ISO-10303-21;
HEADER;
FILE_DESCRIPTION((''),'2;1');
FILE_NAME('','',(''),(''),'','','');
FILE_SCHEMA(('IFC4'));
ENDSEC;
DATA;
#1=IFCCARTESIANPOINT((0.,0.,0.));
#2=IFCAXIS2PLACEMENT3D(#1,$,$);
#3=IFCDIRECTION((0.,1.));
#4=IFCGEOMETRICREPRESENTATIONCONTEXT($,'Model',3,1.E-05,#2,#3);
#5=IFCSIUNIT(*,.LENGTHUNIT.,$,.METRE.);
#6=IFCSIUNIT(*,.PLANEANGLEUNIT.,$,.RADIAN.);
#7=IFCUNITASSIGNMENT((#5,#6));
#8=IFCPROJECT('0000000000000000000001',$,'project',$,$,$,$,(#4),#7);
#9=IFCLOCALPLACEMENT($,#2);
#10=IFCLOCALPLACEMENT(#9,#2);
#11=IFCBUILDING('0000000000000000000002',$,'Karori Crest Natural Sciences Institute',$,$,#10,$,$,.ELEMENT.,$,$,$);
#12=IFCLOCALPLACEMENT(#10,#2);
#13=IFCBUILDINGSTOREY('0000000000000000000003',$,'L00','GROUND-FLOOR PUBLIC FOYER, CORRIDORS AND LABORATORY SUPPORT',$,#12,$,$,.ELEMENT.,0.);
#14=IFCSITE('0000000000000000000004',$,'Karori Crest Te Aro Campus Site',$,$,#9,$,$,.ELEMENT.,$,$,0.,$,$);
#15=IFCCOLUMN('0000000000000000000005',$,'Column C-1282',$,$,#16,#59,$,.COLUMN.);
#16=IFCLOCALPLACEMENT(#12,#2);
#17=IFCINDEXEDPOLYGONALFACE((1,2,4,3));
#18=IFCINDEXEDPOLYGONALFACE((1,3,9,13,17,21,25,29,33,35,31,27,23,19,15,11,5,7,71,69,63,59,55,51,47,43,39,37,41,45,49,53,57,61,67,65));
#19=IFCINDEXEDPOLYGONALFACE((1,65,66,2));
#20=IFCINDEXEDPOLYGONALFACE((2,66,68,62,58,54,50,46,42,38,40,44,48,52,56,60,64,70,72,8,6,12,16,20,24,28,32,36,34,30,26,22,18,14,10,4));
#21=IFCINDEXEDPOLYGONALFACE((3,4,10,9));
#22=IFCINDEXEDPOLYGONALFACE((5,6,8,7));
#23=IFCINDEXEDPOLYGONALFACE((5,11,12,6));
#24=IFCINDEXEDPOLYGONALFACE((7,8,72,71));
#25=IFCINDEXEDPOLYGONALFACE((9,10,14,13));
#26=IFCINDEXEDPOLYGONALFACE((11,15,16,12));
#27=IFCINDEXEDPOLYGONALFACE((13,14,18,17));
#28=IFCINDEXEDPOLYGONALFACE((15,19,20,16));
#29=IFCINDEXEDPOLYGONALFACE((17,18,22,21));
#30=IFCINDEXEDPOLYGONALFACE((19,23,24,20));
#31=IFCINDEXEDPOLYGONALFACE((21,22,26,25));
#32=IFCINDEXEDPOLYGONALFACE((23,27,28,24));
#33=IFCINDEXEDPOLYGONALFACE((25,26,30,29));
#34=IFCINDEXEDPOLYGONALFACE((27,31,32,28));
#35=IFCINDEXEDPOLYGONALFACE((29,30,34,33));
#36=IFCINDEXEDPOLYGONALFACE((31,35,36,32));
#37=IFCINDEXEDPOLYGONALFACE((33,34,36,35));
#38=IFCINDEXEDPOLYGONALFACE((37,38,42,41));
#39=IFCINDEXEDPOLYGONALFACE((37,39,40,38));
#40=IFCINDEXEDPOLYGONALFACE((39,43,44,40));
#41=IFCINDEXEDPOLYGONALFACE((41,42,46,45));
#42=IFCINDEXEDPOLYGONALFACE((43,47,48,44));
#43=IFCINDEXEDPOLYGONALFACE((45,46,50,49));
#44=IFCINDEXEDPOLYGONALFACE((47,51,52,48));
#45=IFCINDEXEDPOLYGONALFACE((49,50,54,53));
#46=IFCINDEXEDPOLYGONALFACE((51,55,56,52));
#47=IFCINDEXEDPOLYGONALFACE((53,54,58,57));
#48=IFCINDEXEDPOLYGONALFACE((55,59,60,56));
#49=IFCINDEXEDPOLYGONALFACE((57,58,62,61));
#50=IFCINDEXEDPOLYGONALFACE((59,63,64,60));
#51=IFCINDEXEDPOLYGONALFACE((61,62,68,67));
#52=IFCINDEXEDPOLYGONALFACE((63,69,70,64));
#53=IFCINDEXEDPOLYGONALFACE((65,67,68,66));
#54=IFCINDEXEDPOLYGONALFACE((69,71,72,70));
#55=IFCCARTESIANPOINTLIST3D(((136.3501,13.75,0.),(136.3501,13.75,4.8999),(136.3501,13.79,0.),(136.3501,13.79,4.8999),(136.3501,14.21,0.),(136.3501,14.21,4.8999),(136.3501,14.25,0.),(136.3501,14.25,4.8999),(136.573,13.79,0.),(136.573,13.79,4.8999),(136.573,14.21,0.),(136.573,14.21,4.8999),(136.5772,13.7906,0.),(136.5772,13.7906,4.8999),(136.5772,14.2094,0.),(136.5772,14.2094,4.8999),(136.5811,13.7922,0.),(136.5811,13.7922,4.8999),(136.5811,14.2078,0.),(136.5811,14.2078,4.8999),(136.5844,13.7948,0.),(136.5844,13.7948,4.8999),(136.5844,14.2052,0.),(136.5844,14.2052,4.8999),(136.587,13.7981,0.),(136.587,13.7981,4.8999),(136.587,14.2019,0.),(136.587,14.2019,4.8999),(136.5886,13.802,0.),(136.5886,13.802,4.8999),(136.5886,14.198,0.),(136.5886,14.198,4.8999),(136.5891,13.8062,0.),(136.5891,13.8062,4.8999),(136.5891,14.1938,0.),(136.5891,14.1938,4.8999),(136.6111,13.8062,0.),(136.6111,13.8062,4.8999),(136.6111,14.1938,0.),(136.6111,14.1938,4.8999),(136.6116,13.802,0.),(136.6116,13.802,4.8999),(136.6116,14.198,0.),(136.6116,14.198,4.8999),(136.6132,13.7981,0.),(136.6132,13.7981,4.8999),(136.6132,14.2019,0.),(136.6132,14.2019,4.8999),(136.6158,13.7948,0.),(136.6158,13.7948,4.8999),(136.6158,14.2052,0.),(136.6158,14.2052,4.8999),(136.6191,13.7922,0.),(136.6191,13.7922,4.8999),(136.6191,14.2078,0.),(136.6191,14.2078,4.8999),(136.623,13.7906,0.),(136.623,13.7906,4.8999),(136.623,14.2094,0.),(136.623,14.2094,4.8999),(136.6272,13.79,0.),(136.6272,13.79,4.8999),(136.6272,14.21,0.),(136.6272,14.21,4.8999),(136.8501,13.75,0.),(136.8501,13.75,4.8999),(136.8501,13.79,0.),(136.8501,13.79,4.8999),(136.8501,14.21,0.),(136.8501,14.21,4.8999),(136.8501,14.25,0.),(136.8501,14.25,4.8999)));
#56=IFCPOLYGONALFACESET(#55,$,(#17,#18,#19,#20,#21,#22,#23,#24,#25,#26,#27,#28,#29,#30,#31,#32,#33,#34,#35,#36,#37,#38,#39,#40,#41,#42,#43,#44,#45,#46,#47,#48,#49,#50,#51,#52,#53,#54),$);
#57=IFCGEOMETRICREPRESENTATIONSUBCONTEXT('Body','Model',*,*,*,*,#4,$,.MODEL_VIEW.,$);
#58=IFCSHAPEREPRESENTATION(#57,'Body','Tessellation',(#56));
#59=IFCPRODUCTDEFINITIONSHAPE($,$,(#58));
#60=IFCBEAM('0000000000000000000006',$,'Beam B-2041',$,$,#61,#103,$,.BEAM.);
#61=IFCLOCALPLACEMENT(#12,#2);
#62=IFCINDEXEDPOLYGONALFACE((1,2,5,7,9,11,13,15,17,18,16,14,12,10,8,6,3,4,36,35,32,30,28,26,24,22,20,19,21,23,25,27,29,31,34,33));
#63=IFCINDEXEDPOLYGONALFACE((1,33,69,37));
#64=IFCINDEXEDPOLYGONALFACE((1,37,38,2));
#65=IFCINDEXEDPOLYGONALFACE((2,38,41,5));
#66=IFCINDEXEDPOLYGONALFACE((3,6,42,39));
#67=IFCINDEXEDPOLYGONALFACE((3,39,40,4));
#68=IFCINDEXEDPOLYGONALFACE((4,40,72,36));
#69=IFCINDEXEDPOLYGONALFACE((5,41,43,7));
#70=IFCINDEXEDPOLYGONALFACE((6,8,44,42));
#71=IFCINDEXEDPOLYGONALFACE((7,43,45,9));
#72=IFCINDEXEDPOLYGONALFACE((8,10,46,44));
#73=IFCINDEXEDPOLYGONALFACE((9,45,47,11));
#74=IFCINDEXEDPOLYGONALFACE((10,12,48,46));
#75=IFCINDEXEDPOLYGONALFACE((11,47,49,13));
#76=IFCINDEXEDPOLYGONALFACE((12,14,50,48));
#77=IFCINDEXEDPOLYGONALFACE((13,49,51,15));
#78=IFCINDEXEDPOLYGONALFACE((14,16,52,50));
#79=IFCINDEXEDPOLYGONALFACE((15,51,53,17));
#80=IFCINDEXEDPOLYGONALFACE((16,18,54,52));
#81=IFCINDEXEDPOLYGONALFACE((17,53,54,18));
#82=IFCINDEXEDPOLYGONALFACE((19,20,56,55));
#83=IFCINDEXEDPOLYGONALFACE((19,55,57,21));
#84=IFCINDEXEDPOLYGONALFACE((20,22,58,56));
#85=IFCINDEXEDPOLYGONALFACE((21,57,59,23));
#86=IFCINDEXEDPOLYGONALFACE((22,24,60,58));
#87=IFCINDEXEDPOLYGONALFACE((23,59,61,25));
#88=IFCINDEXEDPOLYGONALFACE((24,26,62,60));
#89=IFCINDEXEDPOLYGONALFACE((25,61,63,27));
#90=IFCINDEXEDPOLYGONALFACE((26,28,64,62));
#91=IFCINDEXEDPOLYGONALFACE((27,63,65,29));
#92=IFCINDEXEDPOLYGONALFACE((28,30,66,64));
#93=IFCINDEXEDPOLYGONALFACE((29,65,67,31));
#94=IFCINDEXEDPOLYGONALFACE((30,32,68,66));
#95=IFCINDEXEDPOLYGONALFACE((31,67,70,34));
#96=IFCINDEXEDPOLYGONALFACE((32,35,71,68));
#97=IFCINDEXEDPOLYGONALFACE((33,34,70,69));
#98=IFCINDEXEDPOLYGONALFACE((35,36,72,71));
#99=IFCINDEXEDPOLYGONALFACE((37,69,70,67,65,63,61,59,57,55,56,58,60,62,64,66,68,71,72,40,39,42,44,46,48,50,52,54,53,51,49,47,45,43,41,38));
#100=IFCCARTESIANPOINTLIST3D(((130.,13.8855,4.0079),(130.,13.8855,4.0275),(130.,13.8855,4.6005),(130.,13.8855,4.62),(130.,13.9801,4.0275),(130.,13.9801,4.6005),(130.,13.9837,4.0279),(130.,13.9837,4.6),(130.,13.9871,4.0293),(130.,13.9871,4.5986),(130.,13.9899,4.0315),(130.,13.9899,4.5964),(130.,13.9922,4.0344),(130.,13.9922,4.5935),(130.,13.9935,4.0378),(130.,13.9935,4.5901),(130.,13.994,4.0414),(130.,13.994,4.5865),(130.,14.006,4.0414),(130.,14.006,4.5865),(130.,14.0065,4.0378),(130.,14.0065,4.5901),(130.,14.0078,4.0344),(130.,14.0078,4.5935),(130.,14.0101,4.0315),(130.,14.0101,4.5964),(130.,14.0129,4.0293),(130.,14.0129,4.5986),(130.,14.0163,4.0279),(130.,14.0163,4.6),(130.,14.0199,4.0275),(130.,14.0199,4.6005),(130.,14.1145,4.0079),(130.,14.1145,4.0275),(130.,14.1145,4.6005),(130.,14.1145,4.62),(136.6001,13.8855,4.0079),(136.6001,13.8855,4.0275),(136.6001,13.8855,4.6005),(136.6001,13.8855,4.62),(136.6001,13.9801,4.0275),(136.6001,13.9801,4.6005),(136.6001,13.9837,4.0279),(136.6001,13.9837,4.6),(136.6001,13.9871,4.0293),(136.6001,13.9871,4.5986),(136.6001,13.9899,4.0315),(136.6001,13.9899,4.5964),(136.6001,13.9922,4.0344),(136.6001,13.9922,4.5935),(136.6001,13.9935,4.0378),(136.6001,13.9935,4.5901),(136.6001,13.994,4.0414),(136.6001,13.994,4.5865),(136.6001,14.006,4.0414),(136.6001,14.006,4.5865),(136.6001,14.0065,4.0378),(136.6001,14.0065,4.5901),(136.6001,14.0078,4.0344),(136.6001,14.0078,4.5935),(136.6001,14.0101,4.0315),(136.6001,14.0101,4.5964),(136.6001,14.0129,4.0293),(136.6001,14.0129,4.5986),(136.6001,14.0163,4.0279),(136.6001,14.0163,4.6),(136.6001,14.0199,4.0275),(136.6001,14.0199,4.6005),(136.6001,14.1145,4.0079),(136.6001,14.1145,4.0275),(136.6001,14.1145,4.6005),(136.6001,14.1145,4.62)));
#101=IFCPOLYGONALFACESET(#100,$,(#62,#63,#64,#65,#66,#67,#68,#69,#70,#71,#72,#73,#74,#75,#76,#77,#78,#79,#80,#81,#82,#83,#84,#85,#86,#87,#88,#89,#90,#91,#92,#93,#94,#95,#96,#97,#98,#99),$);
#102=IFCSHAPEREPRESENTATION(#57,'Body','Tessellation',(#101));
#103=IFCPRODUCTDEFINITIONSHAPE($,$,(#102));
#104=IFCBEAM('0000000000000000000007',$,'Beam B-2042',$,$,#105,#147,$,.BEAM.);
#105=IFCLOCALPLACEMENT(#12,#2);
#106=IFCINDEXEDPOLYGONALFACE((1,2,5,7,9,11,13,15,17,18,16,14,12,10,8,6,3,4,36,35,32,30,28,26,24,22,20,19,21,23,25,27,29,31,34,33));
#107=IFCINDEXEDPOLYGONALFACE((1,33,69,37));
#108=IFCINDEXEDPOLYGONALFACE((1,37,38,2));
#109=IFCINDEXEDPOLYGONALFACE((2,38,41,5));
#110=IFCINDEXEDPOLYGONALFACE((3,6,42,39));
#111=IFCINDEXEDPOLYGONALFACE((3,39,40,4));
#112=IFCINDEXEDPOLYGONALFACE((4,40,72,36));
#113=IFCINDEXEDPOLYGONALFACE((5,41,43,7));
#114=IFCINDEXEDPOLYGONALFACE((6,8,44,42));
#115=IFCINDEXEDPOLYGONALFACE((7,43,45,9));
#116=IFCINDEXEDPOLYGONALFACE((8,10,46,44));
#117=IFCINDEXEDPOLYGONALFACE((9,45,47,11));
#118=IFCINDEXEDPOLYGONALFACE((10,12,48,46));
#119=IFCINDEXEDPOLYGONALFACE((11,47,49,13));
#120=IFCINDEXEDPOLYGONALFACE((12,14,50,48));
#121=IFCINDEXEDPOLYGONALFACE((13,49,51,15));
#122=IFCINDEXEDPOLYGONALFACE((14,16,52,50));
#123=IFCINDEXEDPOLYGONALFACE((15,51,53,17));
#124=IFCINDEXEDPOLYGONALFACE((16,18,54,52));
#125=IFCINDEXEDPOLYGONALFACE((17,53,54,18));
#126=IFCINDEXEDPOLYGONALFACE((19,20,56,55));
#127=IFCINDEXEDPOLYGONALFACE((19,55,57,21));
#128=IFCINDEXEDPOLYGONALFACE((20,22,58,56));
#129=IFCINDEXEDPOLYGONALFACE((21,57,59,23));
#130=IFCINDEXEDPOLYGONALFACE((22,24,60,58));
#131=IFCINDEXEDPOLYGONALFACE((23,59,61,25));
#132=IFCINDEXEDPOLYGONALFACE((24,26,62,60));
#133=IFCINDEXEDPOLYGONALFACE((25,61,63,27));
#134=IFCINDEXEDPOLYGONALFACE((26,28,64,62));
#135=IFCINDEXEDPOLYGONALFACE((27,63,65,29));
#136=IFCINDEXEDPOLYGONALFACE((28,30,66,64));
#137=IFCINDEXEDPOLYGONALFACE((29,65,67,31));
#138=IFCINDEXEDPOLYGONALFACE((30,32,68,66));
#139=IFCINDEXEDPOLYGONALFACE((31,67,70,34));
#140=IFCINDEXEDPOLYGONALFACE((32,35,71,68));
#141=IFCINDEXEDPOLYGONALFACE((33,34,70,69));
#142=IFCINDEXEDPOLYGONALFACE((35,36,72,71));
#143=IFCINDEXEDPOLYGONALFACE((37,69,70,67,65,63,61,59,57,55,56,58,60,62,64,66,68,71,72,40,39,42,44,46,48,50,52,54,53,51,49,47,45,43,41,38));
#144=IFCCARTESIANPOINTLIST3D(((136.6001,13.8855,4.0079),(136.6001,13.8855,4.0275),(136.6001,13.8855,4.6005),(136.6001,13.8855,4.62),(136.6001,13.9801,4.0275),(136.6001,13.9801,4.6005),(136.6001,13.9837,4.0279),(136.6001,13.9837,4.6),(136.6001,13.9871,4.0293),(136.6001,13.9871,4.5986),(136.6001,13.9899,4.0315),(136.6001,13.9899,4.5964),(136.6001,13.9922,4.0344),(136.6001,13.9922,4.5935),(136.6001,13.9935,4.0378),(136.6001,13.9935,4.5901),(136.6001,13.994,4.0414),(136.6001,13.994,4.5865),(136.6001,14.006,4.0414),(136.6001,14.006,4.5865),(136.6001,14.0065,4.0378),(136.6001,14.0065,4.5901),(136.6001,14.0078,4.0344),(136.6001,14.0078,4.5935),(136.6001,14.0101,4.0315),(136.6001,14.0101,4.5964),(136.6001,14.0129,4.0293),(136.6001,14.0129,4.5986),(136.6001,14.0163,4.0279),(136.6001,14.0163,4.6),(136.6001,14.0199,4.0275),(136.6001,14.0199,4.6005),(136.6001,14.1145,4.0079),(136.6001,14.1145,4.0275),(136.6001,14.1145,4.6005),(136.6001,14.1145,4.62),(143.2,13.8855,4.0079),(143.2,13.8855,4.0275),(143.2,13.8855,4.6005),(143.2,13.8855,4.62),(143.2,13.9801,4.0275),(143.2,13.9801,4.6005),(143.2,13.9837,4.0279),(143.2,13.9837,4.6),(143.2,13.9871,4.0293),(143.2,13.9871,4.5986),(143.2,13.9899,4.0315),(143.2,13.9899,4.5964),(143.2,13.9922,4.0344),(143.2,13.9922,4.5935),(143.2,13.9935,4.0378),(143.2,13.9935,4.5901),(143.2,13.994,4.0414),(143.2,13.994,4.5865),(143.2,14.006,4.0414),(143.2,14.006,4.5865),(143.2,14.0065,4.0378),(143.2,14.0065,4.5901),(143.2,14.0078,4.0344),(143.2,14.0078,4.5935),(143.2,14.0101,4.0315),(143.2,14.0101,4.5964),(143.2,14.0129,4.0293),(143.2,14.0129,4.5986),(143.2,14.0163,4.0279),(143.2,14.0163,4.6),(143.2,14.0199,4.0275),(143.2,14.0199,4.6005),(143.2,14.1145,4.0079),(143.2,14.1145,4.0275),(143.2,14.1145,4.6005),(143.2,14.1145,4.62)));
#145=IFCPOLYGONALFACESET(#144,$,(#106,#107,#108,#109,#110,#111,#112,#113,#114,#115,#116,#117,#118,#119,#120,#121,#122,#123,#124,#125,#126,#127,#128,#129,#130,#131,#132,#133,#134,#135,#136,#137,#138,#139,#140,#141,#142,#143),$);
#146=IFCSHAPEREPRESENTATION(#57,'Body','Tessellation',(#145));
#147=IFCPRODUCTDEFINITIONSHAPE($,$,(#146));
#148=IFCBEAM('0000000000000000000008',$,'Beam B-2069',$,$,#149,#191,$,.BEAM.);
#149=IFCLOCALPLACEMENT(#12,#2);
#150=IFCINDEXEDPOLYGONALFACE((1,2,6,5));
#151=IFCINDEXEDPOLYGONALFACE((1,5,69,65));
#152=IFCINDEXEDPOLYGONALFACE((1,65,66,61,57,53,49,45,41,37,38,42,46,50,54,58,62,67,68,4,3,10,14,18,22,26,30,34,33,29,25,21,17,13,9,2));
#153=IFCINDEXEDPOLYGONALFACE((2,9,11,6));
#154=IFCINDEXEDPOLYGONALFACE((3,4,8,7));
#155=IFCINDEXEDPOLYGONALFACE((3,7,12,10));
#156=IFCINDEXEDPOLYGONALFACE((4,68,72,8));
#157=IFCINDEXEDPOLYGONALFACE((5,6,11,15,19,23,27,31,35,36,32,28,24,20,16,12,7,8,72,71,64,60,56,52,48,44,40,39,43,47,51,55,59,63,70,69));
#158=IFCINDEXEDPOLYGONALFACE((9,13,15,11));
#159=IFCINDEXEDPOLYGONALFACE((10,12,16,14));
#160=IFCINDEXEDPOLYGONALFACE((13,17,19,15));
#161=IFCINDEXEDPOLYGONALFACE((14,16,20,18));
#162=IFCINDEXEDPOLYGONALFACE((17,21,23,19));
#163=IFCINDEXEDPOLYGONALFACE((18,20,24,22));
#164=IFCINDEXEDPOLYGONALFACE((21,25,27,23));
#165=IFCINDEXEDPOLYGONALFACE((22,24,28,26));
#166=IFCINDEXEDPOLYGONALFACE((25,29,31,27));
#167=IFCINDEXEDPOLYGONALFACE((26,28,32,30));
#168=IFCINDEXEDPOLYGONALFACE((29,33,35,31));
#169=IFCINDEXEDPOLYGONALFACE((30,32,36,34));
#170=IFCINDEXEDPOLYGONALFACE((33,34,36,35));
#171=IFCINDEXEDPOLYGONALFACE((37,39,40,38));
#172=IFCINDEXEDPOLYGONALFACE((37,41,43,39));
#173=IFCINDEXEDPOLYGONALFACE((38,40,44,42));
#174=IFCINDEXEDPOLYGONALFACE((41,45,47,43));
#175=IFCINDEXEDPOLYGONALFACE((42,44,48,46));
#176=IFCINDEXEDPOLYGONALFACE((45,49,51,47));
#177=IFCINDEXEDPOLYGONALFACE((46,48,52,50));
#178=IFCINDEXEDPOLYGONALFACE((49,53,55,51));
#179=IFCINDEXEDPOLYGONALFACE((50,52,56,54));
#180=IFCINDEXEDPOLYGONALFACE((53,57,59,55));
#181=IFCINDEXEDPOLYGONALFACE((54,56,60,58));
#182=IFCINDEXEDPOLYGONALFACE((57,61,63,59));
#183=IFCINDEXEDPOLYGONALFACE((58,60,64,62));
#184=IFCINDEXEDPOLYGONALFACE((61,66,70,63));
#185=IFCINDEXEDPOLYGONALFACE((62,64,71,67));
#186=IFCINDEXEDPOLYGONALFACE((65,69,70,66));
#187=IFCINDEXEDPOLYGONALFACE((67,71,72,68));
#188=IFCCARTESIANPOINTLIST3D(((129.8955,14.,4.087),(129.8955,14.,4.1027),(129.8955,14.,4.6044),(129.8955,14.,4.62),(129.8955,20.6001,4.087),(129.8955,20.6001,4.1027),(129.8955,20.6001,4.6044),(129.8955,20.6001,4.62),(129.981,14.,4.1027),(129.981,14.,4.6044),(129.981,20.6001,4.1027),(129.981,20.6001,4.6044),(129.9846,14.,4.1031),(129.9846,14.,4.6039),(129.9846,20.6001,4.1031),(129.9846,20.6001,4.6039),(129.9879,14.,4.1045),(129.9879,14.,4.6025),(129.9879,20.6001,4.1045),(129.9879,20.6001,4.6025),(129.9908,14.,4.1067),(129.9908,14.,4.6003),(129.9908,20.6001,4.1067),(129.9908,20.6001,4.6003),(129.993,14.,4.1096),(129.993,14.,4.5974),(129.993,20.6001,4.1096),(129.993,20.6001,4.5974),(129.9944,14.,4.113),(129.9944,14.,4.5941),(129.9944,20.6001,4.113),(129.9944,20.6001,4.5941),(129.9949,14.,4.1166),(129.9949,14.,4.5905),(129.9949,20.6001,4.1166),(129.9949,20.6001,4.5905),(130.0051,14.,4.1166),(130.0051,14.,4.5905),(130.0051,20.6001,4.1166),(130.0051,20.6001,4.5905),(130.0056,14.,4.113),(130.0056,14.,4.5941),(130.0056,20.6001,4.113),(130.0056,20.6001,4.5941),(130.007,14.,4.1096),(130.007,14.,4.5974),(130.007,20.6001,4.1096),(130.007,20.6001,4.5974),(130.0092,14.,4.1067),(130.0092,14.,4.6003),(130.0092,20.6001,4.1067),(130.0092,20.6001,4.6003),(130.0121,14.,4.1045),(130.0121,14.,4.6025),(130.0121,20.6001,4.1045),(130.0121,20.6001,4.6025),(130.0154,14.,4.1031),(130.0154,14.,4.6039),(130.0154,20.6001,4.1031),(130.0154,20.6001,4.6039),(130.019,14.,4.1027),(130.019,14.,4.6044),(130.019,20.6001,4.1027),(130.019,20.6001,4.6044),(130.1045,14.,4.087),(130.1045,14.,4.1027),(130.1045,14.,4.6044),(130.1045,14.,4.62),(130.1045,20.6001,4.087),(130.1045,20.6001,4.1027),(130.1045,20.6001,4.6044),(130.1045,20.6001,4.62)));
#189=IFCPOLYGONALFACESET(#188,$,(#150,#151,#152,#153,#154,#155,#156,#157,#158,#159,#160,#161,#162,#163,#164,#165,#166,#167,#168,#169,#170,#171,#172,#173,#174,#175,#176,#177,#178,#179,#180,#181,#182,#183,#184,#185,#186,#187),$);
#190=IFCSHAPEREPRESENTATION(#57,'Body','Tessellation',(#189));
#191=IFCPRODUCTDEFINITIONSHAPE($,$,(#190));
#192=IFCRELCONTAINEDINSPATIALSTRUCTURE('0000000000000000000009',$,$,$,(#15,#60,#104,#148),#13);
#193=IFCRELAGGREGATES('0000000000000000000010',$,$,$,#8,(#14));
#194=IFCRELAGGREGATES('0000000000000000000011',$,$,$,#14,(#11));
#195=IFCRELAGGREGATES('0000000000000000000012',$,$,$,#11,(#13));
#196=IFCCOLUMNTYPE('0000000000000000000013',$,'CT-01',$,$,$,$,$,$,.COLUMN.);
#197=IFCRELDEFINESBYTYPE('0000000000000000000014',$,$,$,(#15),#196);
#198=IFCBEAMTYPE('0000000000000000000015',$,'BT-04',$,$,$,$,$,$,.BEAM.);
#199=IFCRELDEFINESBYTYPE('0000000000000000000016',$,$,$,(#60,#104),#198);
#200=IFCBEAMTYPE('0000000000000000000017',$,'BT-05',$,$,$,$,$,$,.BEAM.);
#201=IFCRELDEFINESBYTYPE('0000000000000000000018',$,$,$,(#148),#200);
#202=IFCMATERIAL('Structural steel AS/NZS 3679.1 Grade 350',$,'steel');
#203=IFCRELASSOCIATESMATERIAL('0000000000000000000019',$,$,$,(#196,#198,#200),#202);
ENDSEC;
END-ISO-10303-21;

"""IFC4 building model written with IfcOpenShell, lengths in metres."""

from ifc_helpers import new_model, si_unit, direction, frame, origin, origin_2d, place, context, subcontext, project, spatial, i_section, extrude, material, material_profile, profile_set, type_object, element, save


model = new_model("IFC4")

# Units and contexts
model_context = context("Model", 3, precision=1e-05, world=origin(), true_north=direction((0.0, 1.0)))
body_context = subcontext(model_context, "Body", "Model", "MODEL_VIEW")
ifc_project = project(units=[si_unit("LENGTHUNIT", "METRE"), si_unit("PLANEANGLEUNIT", "RADIAN")], contexts=[model_context])

# Site, building, storey
site_placement = place(None, origin())
site = spatial("IfcSite", under=ifc_project, at=site_placement, Name="Karori Crest Te Aro Campus Site", CompositionType="ELEMENT", RefElevation=0.0)
building_placement = place(site_placement, origin())
building = spatial("IfcBuilding", under=site, at=building_placement, Name="Karori Crest Natural Sciences Institute", CompositionType="ELEMENT")
storey_placement = place(building_placement, origin())
storey = spatial("IfcBuildingStorey", under=building, at=storey_placement, Name="L00", Description="GROUND-FLOOR PUBLIC FOYER, CORRIDORS AND LABORATORY SUPPORT", CompositionType="ELEMENT", Elevation=0.0)

# Column
ifc_material_1 = material(Name="Structural steel AS/NZS 3679.1 Grade 350", Category="steel")
ifc_material_profile_1 = material_profile(ifc_material_1, i_section(OverallWidth=0.5, OverallDepth=0.5, WebThickness=0.022, FlangeThickness=0.04, FilletRadius=0.0161, at=origin_2d()), Name="500WC440")
ifc_profile_set_1 = profile_set([ifc_material_profile_1], Name="Structural steel AS/NZS 3679.1 Grade 350")
column_type = type_object("IfcColumnType", Name="CT-01", PredefinedType="COLUMN", material=ifc_profile_set_1)
column_placement = place(storey_placement, frame((136.6001, 14.0, 0.0), z_axis=(0.0, 0.0, 1.0), x_axis=(1.0, 0.0, 0.0)))
element("IfcColumn", 1, at=column_placement, inside=storey, type_object=column_type, Name="Column C-1282", PredefinedType="COLUMN", context=body_context, shape_type="SweptSolid", body=[
    extrude(i_section(OverallWidth=0.5, OverallDepth=0.5, WebThickness=0.022, FlangeThickness=0.04, FilletRadius=0.0161, at=origin_2d()), origin(), (0.0, 0.0, 1.0), 4.8999),
])

# Beams
ifc_material_profile_2 = material_profile(ifc_material_1, i_section(OverallWidth=0.229, OverallDepth=0.6121, WebThickness=0.012, FlangeThickness=0.0195, FilletRadius=0.0139, at=origin_2d()), Name="610UB125")
ifc_profile_set_2 = profile_set([ifc_material_profile_2], Name="Structural steel AS/NZS 3679.1 Grade 350")
beam_type_1 = type_object("IfcBeamType", Name="BT-04", PredefinedType="BEAM", material=ifc_profile_set_2)
beam_1_placement = place(storey_placement, frame((130.0, 14.0, 4.314), z_axis=(1.0, 0.0, 0.0), x_axis=(0.0, 1.0, 0.0)))
element("IfcBeam", 2, at=beam_1_placement, inside=storey, type_object=beam_type_1, Name="Beam B-2041", PredefinedType="BEAM", context=body_context, shape_type="SweptSolid", body=[
    extrude(i_section(OverallWidth=0.229, OverallDepth=0.6121, WebThickness=0.012, FlangeThickness=0.0195, FilletRadius=0.0139, at=origin_2d()), origin(), (0.0, 0.0, 1.0), 6.6001),
])
beam_2_placement = place(storey_placement, frame((136.6001, 14.0, 4.314), z_axis=(1.0, 0.0, 0.0), x_axis=(0.0, 1.0, 0.0)))
element("IfcBeam", 3, at=beam_2_placement, inside=storey, type_object=beam_type_1, Name="Beam B-2042", PredefinedType="BEAM", context=body_context, shape_type="SweptSolid", body=[
    extrude(i_section(OverallWidth=0.229, OverallDepth=0.6121, WebThickness=0.012, FlangeThickness=0.0195, FilletRadius=0.0139, at=origin_2d()), origin(), (0.0, 0.0, 1.0), 6.5999),
])
ifc_material_profile_3 = material_profile(ifc_material_1, i_section(OverallWidth=0.209, OverallDepth=0.533, WebThickness=0.0103, FlangeThickness=0.0156, FilletRadius=0.0139, at=origin_2d()), Name="530UB92.4")
ifc_profile_set_3 = profile_set([ifc_material_profile_3], Name="Structural steel AS/NZS 3679.1 Grade 350")
beam_type_2 = type_object("IfcBeamType", Name="BT-05", PredefinedType="BEAM", material=ifc_profile_set_3)
for number, where, z_axis, x_axis, name in (
    (4, (130.0, 14.0, 4.3535), (0.0, 1.0, 0.0), (-1.0, 0.0, 0.0), "Beam B-2069"),
):
    element("IfcBeam", number, at=place(storey_placement, frame(where, z_axis=z_axis, x_axis=x_axis)), inside=storey, type_object=beam_type_2, Name=name, PredefinedType="BEAM", context=body_context, shape_type="SweptSolid", body=[
        extrude(i_section(OverallWidth=0.209, OverallDepth=0.533, WebThickness=0.0103, FlangeThickness=0.0156, FilletRadius=0.0139, at=origin_2d()), origin(), (0.0, 0.0, 1.0), 6.6001),
    ])

save(model, "model.ifc")
